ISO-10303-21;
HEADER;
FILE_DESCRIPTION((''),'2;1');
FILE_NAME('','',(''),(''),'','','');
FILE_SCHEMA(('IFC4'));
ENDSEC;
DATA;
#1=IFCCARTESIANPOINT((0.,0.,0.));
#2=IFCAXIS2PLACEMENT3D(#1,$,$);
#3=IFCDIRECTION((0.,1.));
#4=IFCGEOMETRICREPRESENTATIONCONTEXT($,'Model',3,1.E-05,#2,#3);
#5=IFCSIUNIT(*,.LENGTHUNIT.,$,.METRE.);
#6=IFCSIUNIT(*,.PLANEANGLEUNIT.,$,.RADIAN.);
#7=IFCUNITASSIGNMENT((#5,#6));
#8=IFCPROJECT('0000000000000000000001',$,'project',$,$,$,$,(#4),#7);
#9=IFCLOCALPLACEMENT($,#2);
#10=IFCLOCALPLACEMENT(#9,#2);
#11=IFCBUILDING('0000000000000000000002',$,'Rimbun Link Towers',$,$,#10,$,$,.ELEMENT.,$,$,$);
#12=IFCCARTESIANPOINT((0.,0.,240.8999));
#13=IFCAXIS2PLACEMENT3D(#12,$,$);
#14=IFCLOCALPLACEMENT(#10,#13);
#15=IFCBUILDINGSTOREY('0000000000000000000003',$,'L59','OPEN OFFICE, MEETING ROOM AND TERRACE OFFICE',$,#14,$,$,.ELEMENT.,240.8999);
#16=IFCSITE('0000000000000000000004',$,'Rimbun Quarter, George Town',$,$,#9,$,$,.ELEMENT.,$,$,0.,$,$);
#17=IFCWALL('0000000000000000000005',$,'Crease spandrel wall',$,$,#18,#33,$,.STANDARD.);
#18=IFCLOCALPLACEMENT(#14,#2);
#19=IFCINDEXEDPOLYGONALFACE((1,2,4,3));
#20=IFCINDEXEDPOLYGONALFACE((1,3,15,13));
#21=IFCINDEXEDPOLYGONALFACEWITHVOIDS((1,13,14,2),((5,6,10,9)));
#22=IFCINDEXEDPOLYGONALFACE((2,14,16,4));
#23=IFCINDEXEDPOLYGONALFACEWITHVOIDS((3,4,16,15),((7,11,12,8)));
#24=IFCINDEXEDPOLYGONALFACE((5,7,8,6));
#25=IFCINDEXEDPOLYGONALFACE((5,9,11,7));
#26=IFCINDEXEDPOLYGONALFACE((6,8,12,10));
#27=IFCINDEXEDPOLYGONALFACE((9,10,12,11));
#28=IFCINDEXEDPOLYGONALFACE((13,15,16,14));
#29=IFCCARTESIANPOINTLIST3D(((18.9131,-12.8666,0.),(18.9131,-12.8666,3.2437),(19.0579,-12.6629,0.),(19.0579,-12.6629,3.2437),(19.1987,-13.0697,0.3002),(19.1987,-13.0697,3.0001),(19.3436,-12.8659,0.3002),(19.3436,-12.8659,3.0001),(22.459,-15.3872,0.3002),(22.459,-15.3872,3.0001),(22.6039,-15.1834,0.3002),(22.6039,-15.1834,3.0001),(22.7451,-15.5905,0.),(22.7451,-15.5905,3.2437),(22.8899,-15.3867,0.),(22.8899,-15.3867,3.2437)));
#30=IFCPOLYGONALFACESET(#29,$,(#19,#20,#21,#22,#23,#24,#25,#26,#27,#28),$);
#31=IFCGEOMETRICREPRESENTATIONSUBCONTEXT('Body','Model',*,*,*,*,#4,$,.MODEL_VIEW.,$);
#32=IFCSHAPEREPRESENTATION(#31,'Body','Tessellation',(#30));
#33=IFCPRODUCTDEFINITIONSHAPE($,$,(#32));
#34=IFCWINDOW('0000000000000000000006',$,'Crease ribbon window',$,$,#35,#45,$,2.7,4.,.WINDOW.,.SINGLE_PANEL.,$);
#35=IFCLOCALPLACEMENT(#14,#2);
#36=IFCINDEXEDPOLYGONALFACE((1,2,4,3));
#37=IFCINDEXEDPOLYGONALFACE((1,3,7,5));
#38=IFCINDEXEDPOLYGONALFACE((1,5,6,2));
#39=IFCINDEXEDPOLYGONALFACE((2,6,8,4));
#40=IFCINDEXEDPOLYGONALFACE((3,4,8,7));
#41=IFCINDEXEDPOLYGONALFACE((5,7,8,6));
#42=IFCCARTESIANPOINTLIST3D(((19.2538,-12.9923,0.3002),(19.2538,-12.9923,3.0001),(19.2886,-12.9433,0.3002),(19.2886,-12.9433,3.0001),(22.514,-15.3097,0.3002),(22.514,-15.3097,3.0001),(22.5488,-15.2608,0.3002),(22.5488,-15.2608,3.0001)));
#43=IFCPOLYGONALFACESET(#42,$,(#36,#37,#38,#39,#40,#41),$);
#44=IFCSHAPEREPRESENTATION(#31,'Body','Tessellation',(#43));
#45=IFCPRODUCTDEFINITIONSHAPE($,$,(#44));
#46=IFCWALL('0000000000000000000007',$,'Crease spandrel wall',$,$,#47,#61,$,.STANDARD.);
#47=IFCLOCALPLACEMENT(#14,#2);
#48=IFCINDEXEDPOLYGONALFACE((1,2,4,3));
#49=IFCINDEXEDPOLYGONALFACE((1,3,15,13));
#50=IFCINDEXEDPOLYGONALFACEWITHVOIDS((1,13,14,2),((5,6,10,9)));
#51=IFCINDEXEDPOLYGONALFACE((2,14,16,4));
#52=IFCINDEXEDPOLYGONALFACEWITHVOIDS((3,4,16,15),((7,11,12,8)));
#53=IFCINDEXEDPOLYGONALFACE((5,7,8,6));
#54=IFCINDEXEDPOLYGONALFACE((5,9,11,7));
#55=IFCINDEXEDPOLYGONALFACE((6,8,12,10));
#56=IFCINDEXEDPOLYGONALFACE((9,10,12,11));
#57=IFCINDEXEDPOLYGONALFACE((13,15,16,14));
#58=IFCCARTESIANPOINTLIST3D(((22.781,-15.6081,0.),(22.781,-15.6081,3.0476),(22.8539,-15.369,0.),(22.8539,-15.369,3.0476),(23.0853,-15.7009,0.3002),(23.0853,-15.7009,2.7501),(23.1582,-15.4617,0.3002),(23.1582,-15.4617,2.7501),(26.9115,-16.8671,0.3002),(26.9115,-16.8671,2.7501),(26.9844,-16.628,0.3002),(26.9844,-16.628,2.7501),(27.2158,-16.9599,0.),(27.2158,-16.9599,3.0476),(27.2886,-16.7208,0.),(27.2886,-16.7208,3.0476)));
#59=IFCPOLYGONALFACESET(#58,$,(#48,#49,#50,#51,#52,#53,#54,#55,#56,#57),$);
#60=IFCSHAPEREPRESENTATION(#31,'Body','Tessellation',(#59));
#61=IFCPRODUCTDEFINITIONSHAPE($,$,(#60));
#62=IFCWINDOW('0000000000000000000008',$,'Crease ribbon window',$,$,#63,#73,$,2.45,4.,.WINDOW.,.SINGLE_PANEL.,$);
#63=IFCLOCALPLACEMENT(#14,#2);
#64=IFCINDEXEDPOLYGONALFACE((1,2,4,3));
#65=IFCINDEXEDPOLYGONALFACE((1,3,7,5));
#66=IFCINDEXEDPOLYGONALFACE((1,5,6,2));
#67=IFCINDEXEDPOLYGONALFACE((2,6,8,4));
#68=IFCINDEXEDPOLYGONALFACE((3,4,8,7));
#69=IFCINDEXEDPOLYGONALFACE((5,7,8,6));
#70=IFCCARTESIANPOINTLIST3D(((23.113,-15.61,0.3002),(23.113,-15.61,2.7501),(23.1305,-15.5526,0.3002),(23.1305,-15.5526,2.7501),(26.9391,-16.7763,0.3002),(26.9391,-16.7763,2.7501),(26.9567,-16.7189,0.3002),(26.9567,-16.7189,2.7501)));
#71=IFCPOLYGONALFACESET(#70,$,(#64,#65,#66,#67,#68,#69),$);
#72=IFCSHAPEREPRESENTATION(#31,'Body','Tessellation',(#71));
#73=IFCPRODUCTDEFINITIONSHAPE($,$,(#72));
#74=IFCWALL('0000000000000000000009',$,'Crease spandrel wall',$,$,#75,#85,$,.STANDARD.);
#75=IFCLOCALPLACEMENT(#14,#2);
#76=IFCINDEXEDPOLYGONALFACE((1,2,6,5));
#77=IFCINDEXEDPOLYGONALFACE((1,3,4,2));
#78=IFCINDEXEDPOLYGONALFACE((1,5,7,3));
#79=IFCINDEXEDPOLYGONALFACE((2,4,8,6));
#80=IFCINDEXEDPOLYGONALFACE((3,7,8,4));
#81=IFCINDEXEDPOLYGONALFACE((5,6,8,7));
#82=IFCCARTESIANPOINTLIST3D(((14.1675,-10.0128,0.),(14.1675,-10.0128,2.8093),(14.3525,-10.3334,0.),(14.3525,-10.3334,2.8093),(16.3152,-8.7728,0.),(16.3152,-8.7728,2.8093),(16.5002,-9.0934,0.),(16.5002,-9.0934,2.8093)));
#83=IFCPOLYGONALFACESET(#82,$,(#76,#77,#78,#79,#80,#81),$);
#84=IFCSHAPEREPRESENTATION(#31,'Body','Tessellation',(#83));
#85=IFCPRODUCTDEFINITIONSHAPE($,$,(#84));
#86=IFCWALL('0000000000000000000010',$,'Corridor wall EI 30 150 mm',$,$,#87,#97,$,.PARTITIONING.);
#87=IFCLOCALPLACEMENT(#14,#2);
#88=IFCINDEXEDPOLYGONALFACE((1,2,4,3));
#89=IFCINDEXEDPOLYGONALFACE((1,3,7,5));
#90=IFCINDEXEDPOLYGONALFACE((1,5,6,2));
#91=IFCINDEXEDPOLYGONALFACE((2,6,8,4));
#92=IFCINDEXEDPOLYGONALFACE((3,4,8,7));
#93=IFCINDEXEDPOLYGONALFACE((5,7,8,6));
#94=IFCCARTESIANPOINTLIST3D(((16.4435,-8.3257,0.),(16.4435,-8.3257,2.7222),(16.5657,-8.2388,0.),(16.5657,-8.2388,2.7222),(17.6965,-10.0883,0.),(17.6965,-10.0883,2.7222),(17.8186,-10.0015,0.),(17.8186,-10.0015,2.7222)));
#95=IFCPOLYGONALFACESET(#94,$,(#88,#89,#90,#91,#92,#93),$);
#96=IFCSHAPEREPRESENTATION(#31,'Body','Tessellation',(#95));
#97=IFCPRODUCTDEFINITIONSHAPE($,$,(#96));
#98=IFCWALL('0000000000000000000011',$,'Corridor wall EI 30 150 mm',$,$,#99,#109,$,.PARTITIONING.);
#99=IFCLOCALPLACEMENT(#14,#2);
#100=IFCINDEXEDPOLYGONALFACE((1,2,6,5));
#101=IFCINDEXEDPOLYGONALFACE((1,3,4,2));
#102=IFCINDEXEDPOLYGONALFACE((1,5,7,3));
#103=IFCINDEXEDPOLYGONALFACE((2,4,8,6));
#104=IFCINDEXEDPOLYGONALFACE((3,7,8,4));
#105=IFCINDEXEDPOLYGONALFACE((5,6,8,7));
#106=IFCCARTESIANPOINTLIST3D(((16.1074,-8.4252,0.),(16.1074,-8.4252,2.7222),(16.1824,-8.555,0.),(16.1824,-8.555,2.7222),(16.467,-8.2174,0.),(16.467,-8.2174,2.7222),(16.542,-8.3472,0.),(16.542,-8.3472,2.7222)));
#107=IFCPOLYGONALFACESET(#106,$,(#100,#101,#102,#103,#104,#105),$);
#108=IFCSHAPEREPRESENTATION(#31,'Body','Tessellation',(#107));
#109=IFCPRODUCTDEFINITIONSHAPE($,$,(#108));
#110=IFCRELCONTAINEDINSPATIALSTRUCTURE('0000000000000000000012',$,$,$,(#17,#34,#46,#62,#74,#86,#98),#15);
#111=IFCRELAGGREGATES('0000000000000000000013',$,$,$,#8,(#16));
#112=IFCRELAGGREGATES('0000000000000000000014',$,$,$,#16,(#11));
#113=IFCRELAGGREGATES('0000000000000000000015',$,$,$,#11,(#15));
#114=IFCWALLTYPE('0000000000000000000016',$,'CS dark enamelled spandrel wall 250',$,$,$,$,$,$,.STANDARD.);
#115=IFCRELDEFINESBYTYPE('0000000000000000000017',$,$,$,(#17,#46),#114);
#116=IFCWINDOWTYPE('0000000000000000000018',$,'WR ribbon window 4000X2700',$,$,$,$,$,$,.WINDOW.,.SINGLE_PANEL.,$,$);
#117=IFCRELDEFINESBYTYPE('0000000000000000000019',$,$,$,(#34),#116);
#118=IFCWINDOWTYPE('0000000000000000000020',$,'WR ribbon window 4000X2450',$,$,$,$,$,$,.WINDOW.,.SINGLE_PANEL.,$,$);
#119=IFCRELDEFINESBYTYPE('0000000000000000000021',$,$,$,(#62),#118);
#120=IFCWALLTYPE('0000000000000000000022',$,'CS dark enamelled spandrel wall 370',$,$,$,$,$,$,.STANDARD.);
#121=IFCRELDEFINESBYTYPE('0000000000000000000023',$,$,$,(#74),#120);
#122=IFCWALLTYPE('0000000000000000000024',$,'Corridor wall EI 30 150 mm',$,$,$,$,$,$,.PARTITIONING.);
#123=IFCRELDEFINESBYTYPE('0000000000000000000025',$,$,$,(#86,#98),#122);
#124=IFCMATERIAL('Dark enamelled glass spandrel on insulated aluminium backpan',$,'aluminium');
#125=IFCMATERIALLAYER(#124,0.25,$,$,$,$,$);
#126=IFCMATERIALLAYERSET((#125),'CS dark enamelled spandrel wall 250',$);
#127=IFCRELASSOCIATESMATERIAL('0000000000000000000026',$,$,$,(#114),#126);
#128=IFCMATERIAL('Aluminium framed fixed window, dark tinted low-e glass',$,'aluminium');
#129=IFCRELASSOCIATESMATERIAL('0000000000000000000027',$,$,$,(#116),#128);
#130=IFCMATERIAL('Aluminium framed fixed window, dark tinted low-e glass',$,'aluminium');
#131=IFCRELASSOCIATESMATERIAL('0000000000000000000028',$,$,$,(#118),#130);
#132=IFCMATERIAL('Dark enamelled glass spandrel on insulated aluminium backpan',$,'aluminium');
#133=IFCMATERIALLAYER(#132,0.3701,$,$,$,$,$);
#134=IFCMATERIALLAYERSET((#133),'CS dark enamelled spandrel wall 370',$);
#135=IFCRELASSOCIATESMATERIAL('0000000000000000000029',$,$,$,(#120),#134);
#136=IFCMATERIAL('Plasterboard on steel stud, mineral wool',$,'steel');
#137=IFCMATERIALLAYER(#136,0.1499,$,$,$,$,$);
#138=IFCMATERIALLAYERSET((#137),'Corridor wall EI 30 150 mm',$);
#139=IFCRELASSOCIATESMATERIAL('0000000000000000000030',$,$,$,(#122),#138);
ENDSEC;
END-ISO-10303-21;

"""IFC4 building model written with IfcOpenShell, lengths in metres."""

from ifc_helpers import new_model, si_unit, direction, frame, frame_2d, origin, place, context, subcontext, project, spatial, rectangle, extrude, material, layer, layer_set, type_object, element, fill, save


model = new_model("IFC4")

# Units and contexts
model_context = context("Model", 3, precision=1e-05, world=origin(), true_north=direction((0.0, 1.0)))
body_context = subcontext(model_context, "Body", "Model", "MODEL_VIEW")
ifc_project = project(units=[si_unit("LENGTHUNIT", "METRE"), si_unit("PLANEANGLEUNIT", "RADIAN")], contexts=[model_context])

# Site, building, storey
site_placement = place(None, origin())
site = spatial("IfcSite", under=ifc_project, at=site_placement, Name="Rimbun Quarter, George Town", CompositionType="ELEMENT", RefElevation=0.0)
building_placement = place(site_placement, origin())
building = spatial("IfcBuilding", under=site, at=building_placement, Name="Rimbun Link Towers", CompositionType="ELEMENT")
storey_placement = place(building_placement, frame((0.0, 0.0, 240.8999)))
storey = spatial("IfcBuildingStorey", under=building, at=storey_placement, Name="L59", Description="OPEN OFFICE, MEETING ROOM AND TERRACE OFFICE", CompositionType="ELEMENT", Elevation=240.8999)

# Walls, openings, windows
ifc_material_1 = material(Name="Dark enamelled glass spandrel on insulated aluminium backpan", Category="aluminium")
ifc_layer_1 = layer(ifc_material_1, 0.25)
ifc_layer_set_1 = layer_set([ifc_layer_1], Name="CS dark enamelled spandrel wall 250")
wall_type_1 = type_object("IfcWallType", Name="CS dark enamelled spandrel wall 250", PredefinedType="STANDARD", material=ifc_layer_set_1)
wall_1_placement = place(storey_placement, frame((22.8174, -15.4885, 0.0), z_axis=(0.0, 0.0, 1.0), x_axis=(-0.815068, 0.579365, 0.0)))
wall_1 = element("IfcWall", 1, at=wall_1_placement, inside=storey, type_object=wall_type_1, Name="Crease spandrel wall", PredefinedType="STANDARD", context=body_context, shape_type="SweptSolid", body=[
    extrude(rectangle(XDim=4.7014, YDim=0.25, at=frame_2d((2.3506, 0.0))), origin(), (0.0, 0.0, 1.0), 3.2437),
])
opening_1_placement = place(wall_1_placement, frame((0.3508, 0.0, 0.3)))
opening_1 = element("IfcOpeningElement", 2, at=opening_1_placement, cuts=wall_1, PredefinedType="OPENING", context=body_context, shape_type="SweptSolid", body=[
    extrude(rectangle(XDim=4.0, YDim=2.7, at=frame_2d((2.0, 1.3501))), frame((0.0, 0.135, 0.0), z_axis=(0.0, -1.0, 0.0), x_axis=(1.0, 0.0, 0.0)), (0.0, 0.0, 1.0), 0.27),
])
ifc_material_2 = material(Name="Aluminium framed fixed window, dark tinted low-e glass", Category="aluminium")
window_type_1 = type_object("IfcWindowType", Name="WR ribbon window 4000X2700", PartitioningType="SINGLE_PANEL", PredefinedType="WINDOW", material=ifc_material_2)
window_1_placement = place(opening_1_placement, origin())
window_1 = element("IfcWindow", 3, at=window_1_placement, inside=storey, type_object=window_type_1, Name="Crease ribbon window", OverallHeight=2.7, OverallWidth=4.0, PartitioningType="SINGLE_PANEL", PredefinedType="WINDOW", context=body_context, shape_type="SweptSolid", body=[
    extrude(rectangle(XDim=4.0, YDim=2.7, at=frame_2d((2.0, 1.3501))), frame((0.0, 0.03, 0.0), z_axis=(0.0, -1.0, 0.0), x_axis=(1.0, 0.0, 0.0)), (0.0, 0.0, 1.0), 0.0601),
])
fill(opening_1, window_1)
wall_2_placement = place(storey_placement, frame((27.2522, -16.8403, 0.0), z_axis=(0.0, 0.0, 1.0), x_axis=(-0.956549, 0.291572, 0.0)))
wall_2 = element("IfcWall", 4, at=wall_2_placement, inside=storey, type_object=wall_type_1, Name="Crease spandrel wall", PredefinedType="STANDARD", context=body_context, shape_type="SweptSolid", body=[
    extrude(rectangle(XDim=4.6362, YDim=0.25, at=frame_2d((2.3181, 0.0))), origin(), (0.0, 0.0, 1.0), 3.0476),
])
opening_2_placement = place(wall_2_placement, frame((0.3181, 0.0, 0.3)))
opening_2 = element("IfcOpeningElement", 5, at=opening_2_placement, cuts=wall_2, PredefinedType="OPENING", context=body_context, shape_type="SweptSolid", body=[
    extrude(rectangle(XDim=4.0, YDim=2.45, at=frame_2d((2.0, 1.2251))), frame((0.0, 0.135, 0.0), z_axis=(0.0, -1.0, 0.0), x_axis=(1.0, 0.0, 0.0)), (0.0, 0.0, 1.0), 0.27),
])
ifc_material_3 = material(Name="Aluminium framed fixed window, dark tinted low-e glass", Category="aluminium")
window_type_2 = type_object("IfcWindowType", Name="WR ribbon window 4000X2450", PartitioningType="SINGLE_PANEL", PredefinedType="WINDOW", material=ifc_material_3)
window_2_placement = place(opening_2_placement, origin())
window_2 = element("IfcWindow", 6, at=window_2_placement, inside=storey, type_object=window_type_2, Name="Crease ribbon window", OverallHeight=2.45, OverallWidth=4.0, PartitioningType="SINGLE_PANEL", PredefinedType="WINDOW", context=body_context, shape_type="SweptSolid", body=[
    extrude(rectangle(XDim=4.0, YDim=2.45, at=frame_2d((2.0, 1.2251))), frame((0.0, 0.03, 0.0), z_axis=(0.0, -1.0, 0.0), x_axis=(1.0, 0.0, 0.0)), (0.0, 0.0, 1.0), 0.0601),
])
fill(opening_2, window_2)

# Walls
ifc_material_4 = material(Name="Dark enamelled glass spandrel on insulated aluminium backpan", Category="aluminium")
ifc_layer_2 = layer(ifc_material_4, 0.3701)
ifc_layer_set_2 = layer_set([ifc_layer_2], Name="CS dark enamelled spandrel wall 370")
wall_type_2 = type_object("IfcWallType", Name="CS dark enamelled spandrel wall 370", PredefinedType="STANDARD", material=ifc_layer_set_2)
wall_3_placement = place(storey_placement, frame((16.4077, -8.9331, 0.0), z_axis=(0.0, 0.0, 1.0), x_axis=(-0.866023, -0.500004, 0.0)))
element("IfcWall", 7, at=wall_3_placement, inside=storey, type_object=wall_type_2, Name="Crease spandrel wall", PredefinedType="STANDARD", context=body_context, shape_type="SweptSolid", body=[
    extrude(rectangle(XDim=2.48, YDim=0.3701, at=frame_2d((1.24, 0.0))), origin(), (0.0, 0.0, 1.0), 2.8093),
])
ifc_material_5 = material(Name="Plasterboard on steel stud, mineral wool", Category="steel")
ifc_layer_3 = layer(ifc_material_5, 0.1499)
ifc_layer_set_3 = layer_set([ifc_layer_3], Name="Corridor wall EI 30 150 mm")
wall_type_3 = type_object("IfcWallType", Name="Corridor wall EI 30 150 mm", PredefinedType="PARTITIONING", material=ifc_layer_set_3)
wall_4_placement = place(storey_placement, frame((16.5046, -8.2822, 0.0), z_axis=(0.0, 0.0, 1.0), x_axis=(0.579357, -0.815074, 0.0)))
element("IfcWall", 8, at=wall_4_placement, inside=storey, type_object=wall_type_3, Name="Corridor wall EI 30 150 mm", PredefinedType="PARTITIONING", context=body_context, shape_type="SweptSolid", body=[
    extrude(rectangle(XDim=2.1626, YDim=0.1499, at=frame_2d((1.0813, 0.0))), origin(), (0.0, 0.0, 1.0), 2.7222),
])
wall_5_placement = place(storey_placement, frame((16.145, -8.49, 0.0), z_axis=(0.0, 0.0, 1.0), x_axis=(0.865882, 0.500248, 0.0)))
element("IfcWall", 9, at=wall_5_placement, inside=storey, type_object=wall_type_3, Name="Corridor wall EI 30 150 mm", PredefinedType="PARTITIONING", context=body_context, shape_type="SweptSolid", body=[
    extrude(rectangle(XDim=0.4153, YDim=0.1499, at=frame_2d((0.2075, 0.0))), origin(), (0.0, 0.0, 1.0), 2.7222),
])

save(model, "model.ifc")
